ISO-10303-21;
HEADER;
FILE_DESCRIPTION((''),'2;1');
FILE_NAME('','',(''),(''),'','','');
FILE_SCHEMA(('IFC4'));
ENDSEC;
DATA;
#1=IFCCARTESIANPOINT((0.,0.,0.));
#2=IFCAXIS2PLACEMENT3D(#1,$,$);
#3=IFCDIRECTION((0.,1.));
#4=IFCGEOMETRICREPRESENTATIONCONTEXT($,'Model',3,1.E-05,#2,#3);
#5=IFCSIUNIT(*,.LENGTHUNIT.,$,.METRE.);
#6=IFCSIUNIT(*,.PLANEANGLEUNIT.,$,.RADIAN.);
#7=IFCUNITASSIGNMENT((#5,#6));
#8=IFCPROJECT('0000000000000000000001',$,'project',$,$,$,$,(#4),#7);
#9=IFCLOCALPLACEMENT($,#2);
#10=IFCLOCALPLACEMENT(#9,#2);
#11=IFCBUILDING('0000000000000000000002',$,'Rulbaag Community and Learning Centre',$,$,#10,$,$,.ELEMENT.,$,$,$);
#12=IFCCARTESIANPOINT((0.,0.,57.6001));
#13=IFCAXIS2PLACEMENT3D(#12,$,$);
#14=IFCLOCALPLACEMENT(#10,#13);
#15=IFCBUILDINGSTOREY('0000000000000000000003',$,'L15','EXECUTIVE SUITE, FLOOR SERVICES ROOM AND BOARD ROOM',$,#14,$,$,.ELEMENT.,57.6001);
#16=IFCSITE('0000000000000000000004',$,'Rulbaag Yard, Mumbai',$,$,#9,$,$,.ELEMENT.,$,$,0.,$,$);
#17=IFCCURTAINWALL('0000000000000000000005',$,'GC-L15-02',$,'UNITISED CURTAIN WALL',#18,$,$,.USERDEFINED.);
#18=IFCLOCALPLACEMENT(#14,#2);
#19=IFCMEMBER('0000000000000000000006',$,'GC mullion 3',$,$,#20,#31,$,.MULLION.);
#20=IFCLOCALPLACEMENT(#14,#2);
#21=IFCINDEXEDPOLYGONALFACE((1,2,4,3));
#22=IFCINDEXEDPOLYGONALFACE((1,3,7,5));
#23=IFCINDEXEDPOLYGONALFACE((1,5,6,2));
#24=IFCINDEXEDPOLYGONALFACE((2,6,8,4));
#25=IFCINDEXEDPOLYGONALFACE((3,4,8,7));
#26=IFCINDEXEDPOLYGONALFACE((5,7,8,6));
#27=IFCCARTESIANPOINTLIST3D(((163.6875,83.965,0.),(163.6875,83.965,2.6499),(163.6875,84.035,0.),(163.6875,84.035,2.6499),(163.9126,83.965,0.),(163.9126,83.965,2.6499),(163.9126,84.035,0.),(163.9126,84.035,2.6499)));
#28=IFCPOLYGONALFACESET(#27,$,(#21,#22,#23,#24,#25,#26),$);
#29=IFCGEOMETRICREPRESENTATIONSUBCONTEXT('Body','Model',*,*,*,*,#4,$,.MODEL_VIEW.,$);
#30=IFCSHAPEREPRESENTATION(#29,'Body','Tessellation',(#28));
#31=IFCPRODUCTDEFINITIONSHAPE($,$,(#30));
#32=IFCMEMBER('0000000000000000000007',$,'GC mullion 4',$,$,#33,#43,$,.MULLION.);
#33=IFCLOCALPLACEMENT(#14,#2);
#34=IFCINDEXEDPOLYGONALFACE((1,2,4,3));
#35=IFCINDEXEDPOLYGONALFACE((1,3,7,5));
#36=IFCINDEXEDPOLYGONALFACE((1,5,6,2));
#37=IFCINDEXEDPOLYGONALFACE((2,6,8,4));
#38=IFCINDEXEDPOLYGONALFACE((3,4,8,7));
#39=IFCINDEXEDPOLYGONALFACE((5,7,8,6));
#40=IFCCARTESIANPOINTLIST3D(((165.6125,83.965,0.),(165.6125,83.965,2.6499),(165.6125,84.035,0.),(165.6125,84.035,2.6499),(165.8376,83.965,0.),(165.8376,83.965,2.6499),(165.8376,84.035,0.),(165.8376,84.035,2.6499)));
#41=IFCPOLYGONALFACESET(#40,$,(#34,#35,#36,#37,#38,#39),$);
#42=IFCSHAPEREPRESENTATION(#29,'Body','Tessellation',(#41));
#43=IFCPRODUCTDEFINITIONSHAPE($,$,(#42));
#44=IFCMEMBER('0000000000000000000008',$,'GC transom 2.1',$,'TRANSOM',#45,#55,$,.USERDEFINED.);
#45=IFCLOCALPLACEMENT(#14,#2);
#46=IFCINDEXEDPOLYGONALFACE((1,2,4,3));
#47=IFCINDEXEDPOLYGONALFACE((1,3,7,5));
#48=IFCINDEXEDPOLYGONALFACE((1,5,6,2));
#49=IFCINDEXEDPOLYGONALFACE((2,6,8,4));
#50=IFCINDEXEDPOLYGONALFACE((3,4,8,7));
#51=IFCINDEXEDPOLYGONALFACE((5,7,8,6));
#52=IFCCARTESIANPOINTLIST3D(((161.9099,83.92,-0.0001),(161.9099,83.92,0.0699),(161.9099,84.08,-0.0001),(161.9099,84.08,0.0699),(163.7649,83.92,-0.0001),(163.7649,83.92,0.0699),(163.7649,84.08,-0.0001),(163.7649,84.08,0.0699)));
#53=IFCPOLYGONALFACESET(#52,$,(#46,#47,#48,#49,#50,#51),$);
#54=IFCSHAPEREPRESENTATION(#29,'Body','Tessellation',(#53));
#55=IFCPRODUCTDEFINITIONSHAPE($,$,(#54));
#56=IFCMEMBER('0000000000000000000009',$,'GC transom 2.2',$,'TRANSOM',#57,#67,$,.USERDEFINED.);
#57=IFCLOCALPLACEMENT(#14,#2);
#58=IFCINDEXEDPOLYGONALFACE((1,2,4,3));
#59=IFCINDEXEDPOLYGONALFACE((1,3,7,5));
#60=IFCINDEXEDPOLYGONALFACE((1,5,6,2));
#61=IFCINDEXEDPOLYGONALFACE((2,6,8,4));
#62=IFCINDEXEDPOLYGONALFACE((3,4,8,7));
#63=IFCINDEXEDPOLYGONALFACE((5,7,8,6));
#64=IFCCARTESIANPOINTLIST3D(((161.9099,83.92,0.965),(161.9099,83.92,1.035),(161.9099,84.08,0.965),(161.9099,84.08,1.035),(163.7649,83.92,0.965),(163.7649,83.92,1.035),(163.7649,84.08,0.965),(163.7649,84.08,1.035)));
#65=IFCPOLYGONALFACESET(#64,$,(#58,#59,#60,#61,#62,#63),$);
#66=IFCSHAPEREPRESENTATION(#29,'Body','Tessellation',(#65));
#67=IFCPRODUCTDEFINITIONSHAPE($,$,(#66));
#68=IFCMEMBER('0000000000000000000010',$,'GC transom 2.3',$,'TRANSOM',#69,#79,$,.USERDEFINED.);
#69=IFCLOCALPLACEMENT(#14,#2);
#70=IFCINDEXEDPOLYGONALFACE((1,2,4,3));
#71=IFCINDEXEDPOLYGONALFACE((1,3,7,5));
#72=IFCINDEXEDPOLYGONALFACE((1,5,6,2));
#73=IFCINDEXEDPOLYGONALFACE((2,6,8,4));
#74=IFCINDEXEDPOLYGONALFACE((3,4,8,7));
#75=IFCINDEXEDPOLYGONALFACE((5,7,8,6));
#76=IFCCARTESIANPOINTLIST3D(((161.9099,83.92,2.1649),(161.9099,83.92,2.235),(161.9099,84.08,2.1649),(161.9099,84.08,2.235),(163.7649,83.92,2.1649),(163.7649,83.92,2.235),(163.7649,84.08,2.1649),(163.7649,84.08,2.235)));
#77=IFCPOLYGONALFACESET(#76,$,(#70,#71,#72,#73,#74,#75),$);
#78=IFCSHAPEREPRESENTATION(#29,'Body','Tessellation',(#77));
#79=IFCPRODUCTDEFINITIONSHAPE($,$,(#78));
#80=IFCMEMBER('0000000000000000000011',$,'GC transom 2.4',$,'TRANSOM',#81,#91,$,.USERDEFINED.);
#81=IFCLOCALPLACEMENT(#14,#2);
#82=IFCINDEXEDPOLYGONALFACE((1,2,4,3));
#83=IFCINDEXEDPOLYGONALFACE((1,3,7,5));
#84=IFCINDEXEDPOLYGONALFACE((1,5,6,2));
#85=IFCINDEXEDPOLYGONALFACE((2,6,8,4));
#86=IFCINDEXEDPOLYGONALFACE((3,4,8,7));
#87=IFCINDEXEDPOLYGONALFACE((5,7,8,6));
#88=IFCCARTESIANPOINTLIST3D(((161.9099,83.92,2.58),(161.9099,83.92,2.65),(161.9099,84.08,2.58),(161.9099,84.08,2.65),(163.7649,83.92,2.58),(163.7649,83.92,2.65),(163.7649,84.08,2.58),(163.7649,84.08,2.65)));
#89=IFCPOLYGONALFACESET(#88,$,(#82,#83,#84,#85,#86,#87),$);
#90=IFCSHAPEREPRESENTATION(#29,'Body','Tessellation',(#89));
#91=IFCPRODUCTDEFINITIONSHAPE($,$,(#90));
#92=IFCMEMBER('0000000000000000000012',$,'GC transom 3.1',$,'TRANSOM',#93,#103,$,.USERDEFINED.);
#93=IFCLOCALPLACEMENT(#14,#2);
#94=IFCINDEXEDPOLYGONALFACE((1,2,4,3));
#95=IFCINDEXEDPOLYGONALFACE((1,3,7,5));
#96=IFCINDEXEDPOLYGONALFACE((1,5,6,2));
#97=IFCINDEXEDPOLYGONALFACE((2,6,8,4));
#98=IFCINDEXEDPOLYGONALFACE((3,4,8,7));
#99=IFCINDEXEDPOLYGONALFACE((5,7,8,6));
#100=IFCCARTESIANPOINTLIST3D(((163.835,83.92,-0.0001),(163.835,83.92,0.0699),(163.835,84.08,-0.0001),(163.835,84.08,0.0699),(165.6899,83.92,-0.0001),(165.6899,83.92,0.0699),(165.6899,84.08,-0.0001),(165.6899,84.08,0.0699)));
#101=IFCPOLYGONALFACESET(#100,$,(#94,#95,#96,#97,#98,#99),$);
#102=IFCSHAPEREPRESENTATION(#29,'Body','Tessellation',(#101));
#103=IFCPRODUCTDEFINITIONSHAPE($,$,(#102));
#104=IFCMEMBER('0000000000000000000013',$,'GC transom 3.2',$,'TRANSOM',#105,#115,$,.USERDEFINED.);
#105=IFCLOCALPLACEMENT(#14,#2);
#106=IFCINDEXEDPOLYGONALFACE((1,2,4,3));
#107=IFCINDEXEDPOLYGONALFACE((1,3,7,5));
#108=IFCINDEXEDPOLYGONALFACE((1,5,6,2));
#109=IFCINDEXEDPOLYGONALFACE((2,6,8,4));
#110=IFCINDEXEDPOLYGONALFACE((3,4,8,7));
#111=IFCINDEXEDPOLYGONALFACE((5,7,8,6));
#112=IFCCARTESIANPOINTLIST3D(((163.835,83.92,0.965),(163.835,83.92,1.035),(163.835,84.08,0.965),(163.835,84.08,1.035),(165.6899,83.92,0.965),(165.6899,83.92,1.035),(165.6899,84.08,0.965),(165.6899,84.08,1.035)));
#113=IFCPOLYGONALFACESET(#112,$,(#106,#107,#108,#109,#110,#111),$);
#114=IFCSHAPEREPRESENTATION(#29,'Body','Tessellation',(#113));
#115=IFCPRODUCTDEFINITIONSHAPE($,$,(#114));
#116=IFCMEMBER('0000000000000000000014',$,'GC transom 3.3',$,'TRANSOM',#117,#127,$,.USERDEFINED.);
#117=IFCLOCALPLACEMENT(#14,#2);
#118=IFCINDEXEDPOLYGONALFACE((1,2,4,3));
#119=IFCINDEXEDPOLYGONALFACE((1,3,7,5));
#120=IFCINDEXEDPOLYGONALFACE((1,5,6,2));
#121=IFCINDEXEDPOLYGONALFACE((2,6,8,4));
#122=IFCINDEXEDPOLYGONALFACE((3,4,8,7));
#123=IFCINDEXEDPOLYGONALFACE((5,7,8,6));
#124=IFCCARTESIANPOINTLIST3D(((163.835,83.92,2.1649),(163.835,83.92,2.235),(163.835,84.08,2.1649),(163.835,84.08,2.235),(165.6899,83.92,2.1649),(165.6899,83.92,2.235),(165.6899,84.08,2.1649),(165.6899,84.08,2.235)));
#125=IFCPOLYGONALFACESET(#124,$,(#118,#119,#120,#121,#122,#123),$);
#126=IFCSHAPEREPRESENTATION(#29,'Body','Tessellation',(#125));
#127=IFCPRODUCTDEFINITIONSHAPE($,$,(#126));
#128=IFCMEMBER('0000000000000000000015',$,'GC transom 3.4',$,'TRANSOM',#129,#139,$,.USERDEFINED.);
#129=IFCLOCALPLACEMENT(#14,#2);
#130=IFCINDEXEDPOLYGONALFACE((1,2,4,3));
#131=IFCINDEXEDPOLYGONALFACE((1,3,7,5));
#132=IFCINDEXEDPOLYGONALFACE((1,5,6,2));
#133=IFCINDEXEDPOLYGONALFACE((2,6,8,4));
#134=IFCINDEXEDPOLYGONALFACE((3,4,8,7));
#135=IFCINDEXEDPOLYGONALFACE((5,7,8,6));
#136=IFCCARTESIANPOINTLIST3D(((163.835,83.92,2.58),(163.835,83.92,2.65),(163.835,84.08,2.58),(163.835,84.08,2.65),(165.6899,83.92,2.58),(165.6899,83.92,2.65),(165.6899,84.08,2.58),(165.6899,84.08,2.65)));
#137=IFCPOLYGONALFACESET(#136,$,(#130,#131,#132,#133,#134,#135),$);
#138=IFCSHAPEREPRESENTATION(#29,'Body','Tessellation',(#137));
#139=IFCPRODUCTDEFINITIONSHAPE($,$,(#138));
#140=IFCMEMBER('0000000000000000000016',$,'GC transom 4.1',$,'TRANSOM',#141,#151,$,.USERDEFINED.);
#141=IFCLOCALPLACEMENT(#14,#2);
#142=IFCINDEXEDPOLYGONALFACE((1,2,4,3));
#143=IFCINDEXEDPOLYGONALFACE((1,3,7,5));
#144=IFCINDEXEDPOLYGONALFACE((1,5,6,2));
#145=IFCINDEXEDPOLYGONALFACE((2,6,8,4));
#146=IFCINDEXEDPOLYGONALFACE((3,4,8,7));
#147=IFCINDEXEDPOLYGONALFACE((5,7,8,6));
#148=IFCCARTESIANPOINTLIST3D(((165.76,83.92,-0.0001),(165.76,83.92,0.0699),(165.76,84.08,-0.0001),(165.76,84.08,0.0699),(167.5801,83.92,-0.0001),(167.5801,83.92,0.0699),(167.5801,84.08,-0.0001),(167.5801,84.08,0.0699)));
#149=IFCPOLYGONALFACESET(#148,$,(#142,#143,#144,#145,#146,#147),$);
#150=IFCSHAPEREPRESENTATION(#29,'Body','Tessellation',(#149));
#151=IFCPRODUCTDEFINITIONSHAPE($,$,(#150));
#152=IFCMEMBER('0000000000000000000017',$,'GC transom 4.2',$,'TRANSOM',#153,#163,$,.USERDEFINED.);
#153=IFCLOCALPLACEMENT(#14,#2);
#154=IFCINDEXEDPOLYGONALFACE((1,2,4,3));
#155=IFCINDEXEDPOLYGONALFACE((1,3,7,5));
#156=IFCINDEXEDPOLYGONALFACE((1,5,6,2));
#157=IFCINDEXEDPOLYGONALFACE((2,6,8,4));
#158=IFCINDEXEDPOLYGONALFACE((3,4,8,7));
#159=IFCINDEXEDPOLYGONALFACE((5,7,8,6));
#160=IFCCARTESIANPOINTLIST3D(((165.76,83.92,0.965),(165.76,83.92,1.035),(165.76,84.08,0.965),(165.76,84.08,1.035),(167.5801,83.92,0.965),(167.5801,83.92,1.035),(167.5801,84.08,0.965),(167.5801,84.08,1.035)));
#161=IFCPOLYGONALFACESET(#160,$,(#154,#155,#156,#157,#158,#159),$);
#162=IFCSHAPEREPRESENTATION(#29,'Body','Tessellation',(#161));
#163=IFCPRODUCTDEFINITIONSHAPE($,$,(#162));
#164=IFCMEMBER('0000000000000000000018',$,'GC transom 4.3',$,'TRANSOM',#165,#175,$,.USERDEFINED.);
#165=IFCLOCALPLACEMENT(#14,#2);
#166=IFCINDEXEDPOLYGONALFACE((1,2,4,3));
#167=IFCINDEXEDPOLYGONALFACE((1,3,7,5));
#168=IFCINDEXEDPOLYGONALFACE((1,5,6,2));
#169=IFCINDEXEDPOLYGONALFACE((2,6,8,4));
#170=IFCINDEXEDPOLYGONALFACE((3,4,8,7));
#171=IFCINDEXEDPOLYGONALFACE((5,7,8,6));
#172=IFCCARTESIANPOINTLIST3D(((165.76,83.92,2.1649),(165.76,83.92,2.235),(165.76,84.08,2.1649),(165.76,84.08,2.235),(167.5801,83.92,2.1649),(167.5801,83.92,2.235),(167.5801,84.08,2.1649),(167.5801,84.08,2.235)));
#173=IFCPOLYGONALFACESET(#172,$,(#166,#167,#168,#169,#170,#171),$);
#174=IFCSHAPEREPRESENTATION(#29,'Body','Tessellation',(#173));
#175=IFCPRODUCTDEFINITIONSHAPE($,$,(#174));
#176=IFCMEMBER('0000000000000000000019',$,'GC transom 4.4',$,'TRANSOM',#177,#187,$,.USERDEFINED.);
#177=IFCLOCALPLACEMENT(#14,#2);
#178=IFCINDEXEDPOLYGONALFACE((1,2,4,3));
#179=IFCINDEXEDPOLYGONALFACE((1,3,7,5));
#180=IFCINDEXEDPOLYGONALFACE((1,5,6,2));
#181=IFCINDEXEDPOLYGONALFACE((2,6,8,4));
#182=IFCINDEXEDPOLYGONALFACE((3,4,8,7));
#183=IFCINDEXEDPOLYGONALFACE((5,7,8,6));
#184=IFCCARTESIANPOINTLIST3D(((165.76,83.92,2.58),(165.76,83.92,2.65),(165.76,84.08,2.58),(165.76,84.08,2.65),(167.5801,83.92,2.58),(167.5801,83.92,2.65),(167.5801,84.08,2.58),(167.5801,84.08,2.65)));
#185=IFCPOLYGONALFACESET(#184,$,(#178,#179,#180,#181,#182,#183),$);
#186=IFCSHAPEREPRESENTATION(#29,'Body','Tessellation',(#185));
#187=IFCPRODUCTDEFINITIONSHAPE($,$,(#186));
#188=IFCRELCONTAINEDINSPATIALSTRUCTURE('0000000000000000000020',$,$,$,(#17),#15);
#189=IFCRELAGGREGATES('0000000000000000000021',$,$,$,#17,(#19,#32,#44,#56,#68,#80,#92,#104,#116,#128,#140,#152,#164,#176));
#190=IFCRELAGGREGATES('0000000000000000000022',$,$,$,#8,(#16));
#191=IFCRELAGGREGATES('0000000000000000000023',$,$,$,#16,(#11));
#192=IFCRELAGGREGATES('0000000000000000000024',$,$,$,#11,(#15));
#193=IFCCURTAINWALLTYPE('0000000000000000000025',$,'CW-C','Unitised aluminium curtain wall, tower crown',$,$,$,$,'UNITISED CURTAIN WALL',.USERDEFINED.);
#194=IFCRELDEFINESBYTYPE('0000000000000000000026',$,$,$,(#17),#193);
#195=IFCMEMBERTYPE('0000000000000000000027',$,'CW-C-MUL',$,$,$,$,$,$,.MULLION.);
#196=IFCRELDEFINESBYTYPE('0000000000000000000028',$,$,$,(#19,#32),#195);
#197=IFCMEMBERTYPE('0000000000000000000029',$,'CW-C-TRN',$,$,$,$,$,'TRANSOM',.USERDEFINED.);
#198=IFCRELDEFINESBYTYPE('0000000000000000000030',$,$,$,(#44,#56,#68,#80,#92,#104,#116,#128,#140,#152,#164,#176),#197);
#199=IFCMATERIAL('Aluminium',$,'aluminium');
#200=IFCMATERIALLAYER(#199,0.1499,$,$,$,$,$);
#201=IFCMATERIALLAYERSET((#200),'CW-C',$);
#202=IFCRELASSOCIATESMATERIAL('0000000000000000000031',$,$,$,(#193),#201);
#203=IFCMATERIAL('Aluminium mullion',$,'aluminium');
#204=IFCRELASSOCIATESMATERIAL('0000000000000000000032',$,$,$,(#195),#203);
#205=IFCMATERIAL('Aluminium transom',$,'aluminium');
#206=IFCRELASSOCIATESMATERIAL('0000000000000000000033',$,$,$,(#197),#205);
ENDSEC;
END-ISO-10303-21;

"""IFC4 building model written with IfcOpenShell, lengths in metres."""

from ifc_helpers import new_model, si_unit, direction, frame, origin, origin_2d, place, context, subcontext, project, spatial, rectangle, extrude, material, layer, layer_set, material_profile, profile_set, type_object, element, aggregate, save


model = new_model("IFC4")

# Units and contexts
model_context = context("Model", 3, precision=1e-05, world=origin(), true_north=direction((0.0, 1.0)))
body_context = subcontext(model_context, "Body", "Model", "MODEL_VIEW")
ifc_project = project(units=[si_unit("LENGTHUNIT", "METRE"), si_unit("PLANEANGLEUNIT", "RADIAN")], contexts=[model_context])

# Site, building, storey
site_placement = place(None, origin())
site = spatial("IfcSite", under=ifc_project, at=site_placement, Name="Rulbaag Yard, Mumbai", CompositionType="ELEMENT", RefElevation=0.0)
building_placement = place(site_placement, origin())
building = spatial("IfcBuilding", under=site, at=building_placement, Name="Rulbaag Community and Learning Centre", CompositionType="ELEMENT")
storey_placement = place(building_placement, frame((0.0, 0.0, 57.6001)))
storey = spatial("IfcBuildingStorey", under=building, at=storey_placement, Name="L15", Description="EXECUTIVE SUITE, FLOOR SERVICES ROOM AND BOARD ROOM", CompositionType="ELEMENT", Elevation=57.6001)

# Curtain wall, members
ifc_material_1 = material(Name="Aluminium", Category="aluminium")
ifc_layer_1 = layer(ifc_material_1, 0.1499)
ifc_layer_set_1 = layer_set([ifc_layer_1], Name="CW-C")
curtain_wall_type = type_object("IfcCurtainWallType", Name="CW-C", Description="Unitised aluminium curtain wall, tower crown", ElementType="UNITISED CURTAIN WALL", PredefinedType="USERDEFINED", material=ifc_layer_set_1)
curtain_wall_placement = place(storey_placement, origin())
curtain_wall = element("IfcCurtainWall", 1, at=curtain_wall_placement, inside=storey, type_object=curtain_wall_type, Name="GC-L15-02", ObjectType="UNITISED CURTAIN WALL", PredefinedType="USERDEFINED")
ifc_material_2 = material(Name="Aluminium mullion", Category="aluminium")
ifc_material_profile_1 = material_profile(ifc_material_2, rectangle(XDim=0.0701, YDim=0.2251, at=origin_2d()), Name="AL 70x225")
ifc_profile_set_1 = profile_set([ifc_material_profile_1], Name="Aluminium mullion")
member_type_1 = type_object("IfcMemberType", Name="CW-C-MUL", PredefinedType="MULLION", material=ifc_profile_set_1)
member_1_placement = place(storey_placement, frame((163.8, 84.0, 0.0), z_axis=(0.0, 0.0, 1.0), x_axis=(0.0, 1.0, 0.0)))
member_1 = element("IfcMember", 2, at=member_1_placement, type_object=member_type_1, Name="GC mullion 3", PredefinedType="MULLION", context=body_context, shape_type="SweptSolid", body=[
    extrude(rectangle(XDim=0.0701, YDim=0.2251, at=origin_2d()), origin(), (0.0, 0.0, 1.0), 2.6499),
])
member_2_placement = place(storey_placement, frame((165.7251, 84.0, 0.0), z_axis=(0.0, 0.0, 1.0), x_axis=(0.0, 1.0, 0.0)))
member_2 = element("IfcMember", 3, at=member_2_placement, type_object=member_type_1, Name="GC mullion 4", PredefinedType="MULLION", context=body_context, shape_type="SweptSolid", body=[
    extrude(rectangle(XDim=0.0701, YDim=0.2251, at=origin_2d()), origin(), (0.0, 0.0, 1.0), 2.6499),
])
ifc_material_3 = material(Name="Aluminium transom", Category="aluminium")
ifc_material_profile_2 = material_profile(ifc_material_3, rectangle(XDim=0.1599, YDim=0.0701, at=origin_2d()), Name="AL 70x160 T")
ifc_profile_set_2 = profile_set([ifc_material_profile_2], Name="Aluminium transom")
member_type_2 = type_object("IfcMemberType", Name="CW-C-TRN", ElementType="TRANSOM", PredefinedType="USERDEFINED", material=ifc_profile_set_2)
member_3_placement = place(storey_placement, frame((161.9099, 84.0, 0.0349), z_axis=(1.0, 0.0, 0.0), x_axis=(0.0, 1.0, 0.0)))
member_3 = element("IfcMember", 4, at=member_3_placement, type_object=member_type_2, Name="GC transom 2.1", ObjectType="TRANSOM", PredefinedType="USERDEFINED", context=body_context, shape_type="SweptSolid", body=[
    extrude(rectangle(XDim=0.1599, YDim=0.0701, at=origin_2d()), origin(), (0.0, 0.0, 1.0), 1.855),
])
member_4_placement = place(storey_placement, frame((161.9099, 84.0, 1.0), z_axis=(1.0, 0.0, 0.0), x_axis=(0.0, 1.0, 0.0)))
member_4 = element("IfcMember", 5, at=member_4_placement, type_object=member_type_2, Name="GC transom 2.2", ObjectType="TRANSOM", PredefinedType="USERDEFINED", context=body_context, shape_type="SweptSolid", body=[
    extrude(rectangle(XDim=0.1599, YDim=0.0701, at=origin_2d()), origin(), (0.0, 0.0, 1.0), 1.855),
])
member_5_placement = place(storey_placement, frame((161.9099, 84.0, 2.2), z_axis=(1.0, 0.0, 0.0), x_axis=(0.0, 1.0, 0.0)))
member_5 = element("IfcMember", 6, at=member_5_placement, type_object=member_type_2, Name="GC transom 2.3", ObjectType="TRANSOM", PredefinedType="USERDEFINED", context=body_context, shape_type="SweptSolid", body=[
    extrude(rectangle(XDim=0.1599, YDim=0.0701, at=origin_2d()), origin(), (0.0, 0.0, 1.0), 1.855),
])
member_6_placement = place(storey_placement, frame((161.9099, 84.0, 2.615), z_axis=(1.0, 0.0, 0.0), x_axis=(0.0, 1.0, 0.0)))
member_6 = element("IfcMember", 7, at=member_6_placement, type_object=member_type_2, Name="GC transom 2.4", ObjectType="TRANSOM", PredefinedType="USERDEFINED", context=body_context, shape_type="SweptSolid", body=[
    extrude(rectangle(XDim=0.1599, YDim=0.0701, at=origin_2d()), origin(), (0.0, 0.0, 1.0), 1.855),
])
member_7_placement = place(storey_placement, frame((163.835, 84.0, 0.0349), z_axis=(1.0, 0.0, 0.0), x_axis=(0.0, 1.0, 0.0)))
member_7 = element("IfcMember", 8, at=member_7_placement, type_object=member_type_2, Name="GC transom 3.1", ObjectType="TRANSOM", PredefinedType="USERDEFINED", context=body_context, shape_type="SweptSolid", body=[
    extrude(rectangle(XDim=0.1599, YDim=0.0701, at=origin_2d()), origin(), (0.0, 0.0, 1.0), 1.855),
])
member_8_placement = place(storey_placement, frame((163.835, 84.0, 1.0), z_axis=(1.0, 0.0, 0.0), x_axis=(0.0, 1.0, 0.0)))
member_8 = element("IfcMember", 9, at=member_8_placement, type_object=member_type_2, Name="GC transom 3.2", ObjectType="TRANSOM", PredefinedType="USERDEFINED", context=body_context, shape_type="SweptSolid", body=[
    extrude(rectangle(XDim=0.1599, YDim=0.0701, at=origin_2d()), origin(), (0.0, 0.0, 1.0), 1.855),
])
member_9_placement = place(storey_placement, frame((163.835, 84.0, 2.2), z_axis=(1.0, 0.0, 0.0), x_axis=(0.0, 1.0, 0.0)))
member_9 = element("IfcMember", 10, at=member_9_placement, type_object=member_type_2, Name="GC transom 3.3", ObjectType="TRANSOM", PredefinedType="USERDEFINED", context=body_context, shape_type="SweptSolid", body=[
    extrude(rectangle(XDim=0.1599, YDim=0.0701, at=origin_2d()), origin(), (0.0, 0.0, 1.0), 1.855),
])
member_10_placement = place(storey_placement, frame((163.835, 84.0, 2.615), z_axis=(1.0, 0.0, 0.0), x_axis=(0.0, 1.0, 0.0)))
member_10 = element("IfcMember", 11, at=member_10_placement, type_object=member_type_2, Name="GC transom 3.4", ObjectType="TRANSOM", PredefinedType="USERDEFINED", context=body_context, shape_type="SweptSolid", body=[
    extrude(rectangle(XDim=0.1599, YDim=0.0701, at=origin_2d()), origin(), (0.0, 0.0, 1.0), 1.855),
])
member_11_placement = place(storey_placement, frame((165.76, 84.0, 0.0349), z_axis=(1.0, 0.0, 0.0), x_axis=(0.0, 1.0, 0.0)))
member_11 = element("IfcMember", 12, at=member_11_placement, type_object=member_type_2, Name="GC transom 4.1", ObjectType="TRANSOM", PredefinedType="USERDEFINED", context=body_context, shape_type="SweptSolid", body=[
    extrude(rectangle(XDim=0.1599, YDim=0.0701, at=origin_2d()), origin(), (0.0, 0.0, 1.0), 1.8201),
])
member_12_placement = place(storey_placement, frame((165.76, 84.0, 1.0), z_axis=(1.0, 0.0, 0.0), x_axis=(0.0, 1.0, 0.0)))
member_12 = element("IfcMember", 13, at=member_12_placement, type_object=member_type_2, Name="GC transom 4.2", ObjectType="TRANSOM", PredefinedType="USERDEFINED", context=body_context, shape_type="SweptSolid", body=[
    extrude(rectangle(XDim=0.1599, YDim=0.0701, at=origin_2d()), origin(), (0.0, 0.0, 1.0), 1.8201),
])
member_13_placement = place(storey_placement, frame((165.76, 84.0, 2.2), z_axis=(1.0, 0.0, 0.0), x_axis=(0.0, 1.0, 0.0)))
member_13 = element("IfcMember", 14, at=member_13_placement, type_object=member_type_2, Name="GC transom 4.3", ObjectType="TRANSOM", PredefinedType="USERDEFINED", context=body_context, shape_type="SweptSolid", body=[
    extrude(rectangle(XDim=0.1599, YDim=0.0701, at=origin_2d()), origin(), (0.0, 0.0, 1.0), 1.8201),
])
member_14_placement = place(storey_placement, frame((165.76, 84.0, 2.615), z_axis=(1.0, 0.0, 0.0), x_axis=(0.0, 1.0, 0.0)))
member_14 = element("IfcMember", 15, at=member_14_placement, type_object=member_type_2, Name="GC transom 4.4", ObjectType="TRANSOM", PredefinedType="USERDEFINED", context=body_context, shape_type="SweptSolid", body=[
    extrude(rectangle(XDim=0.1599, YDim=0.0701, at=origin_2d()), origin(), (0.0, 0.0, 1.0), 1.8201),
])
aggregate(curtain_wall, [member_1, member_2, member_3, member_4, member_5, member_6, member_7, member_8, member_9, member_10, member_11, member_12, member_13, member_14])

save(model, "model.ifc")
